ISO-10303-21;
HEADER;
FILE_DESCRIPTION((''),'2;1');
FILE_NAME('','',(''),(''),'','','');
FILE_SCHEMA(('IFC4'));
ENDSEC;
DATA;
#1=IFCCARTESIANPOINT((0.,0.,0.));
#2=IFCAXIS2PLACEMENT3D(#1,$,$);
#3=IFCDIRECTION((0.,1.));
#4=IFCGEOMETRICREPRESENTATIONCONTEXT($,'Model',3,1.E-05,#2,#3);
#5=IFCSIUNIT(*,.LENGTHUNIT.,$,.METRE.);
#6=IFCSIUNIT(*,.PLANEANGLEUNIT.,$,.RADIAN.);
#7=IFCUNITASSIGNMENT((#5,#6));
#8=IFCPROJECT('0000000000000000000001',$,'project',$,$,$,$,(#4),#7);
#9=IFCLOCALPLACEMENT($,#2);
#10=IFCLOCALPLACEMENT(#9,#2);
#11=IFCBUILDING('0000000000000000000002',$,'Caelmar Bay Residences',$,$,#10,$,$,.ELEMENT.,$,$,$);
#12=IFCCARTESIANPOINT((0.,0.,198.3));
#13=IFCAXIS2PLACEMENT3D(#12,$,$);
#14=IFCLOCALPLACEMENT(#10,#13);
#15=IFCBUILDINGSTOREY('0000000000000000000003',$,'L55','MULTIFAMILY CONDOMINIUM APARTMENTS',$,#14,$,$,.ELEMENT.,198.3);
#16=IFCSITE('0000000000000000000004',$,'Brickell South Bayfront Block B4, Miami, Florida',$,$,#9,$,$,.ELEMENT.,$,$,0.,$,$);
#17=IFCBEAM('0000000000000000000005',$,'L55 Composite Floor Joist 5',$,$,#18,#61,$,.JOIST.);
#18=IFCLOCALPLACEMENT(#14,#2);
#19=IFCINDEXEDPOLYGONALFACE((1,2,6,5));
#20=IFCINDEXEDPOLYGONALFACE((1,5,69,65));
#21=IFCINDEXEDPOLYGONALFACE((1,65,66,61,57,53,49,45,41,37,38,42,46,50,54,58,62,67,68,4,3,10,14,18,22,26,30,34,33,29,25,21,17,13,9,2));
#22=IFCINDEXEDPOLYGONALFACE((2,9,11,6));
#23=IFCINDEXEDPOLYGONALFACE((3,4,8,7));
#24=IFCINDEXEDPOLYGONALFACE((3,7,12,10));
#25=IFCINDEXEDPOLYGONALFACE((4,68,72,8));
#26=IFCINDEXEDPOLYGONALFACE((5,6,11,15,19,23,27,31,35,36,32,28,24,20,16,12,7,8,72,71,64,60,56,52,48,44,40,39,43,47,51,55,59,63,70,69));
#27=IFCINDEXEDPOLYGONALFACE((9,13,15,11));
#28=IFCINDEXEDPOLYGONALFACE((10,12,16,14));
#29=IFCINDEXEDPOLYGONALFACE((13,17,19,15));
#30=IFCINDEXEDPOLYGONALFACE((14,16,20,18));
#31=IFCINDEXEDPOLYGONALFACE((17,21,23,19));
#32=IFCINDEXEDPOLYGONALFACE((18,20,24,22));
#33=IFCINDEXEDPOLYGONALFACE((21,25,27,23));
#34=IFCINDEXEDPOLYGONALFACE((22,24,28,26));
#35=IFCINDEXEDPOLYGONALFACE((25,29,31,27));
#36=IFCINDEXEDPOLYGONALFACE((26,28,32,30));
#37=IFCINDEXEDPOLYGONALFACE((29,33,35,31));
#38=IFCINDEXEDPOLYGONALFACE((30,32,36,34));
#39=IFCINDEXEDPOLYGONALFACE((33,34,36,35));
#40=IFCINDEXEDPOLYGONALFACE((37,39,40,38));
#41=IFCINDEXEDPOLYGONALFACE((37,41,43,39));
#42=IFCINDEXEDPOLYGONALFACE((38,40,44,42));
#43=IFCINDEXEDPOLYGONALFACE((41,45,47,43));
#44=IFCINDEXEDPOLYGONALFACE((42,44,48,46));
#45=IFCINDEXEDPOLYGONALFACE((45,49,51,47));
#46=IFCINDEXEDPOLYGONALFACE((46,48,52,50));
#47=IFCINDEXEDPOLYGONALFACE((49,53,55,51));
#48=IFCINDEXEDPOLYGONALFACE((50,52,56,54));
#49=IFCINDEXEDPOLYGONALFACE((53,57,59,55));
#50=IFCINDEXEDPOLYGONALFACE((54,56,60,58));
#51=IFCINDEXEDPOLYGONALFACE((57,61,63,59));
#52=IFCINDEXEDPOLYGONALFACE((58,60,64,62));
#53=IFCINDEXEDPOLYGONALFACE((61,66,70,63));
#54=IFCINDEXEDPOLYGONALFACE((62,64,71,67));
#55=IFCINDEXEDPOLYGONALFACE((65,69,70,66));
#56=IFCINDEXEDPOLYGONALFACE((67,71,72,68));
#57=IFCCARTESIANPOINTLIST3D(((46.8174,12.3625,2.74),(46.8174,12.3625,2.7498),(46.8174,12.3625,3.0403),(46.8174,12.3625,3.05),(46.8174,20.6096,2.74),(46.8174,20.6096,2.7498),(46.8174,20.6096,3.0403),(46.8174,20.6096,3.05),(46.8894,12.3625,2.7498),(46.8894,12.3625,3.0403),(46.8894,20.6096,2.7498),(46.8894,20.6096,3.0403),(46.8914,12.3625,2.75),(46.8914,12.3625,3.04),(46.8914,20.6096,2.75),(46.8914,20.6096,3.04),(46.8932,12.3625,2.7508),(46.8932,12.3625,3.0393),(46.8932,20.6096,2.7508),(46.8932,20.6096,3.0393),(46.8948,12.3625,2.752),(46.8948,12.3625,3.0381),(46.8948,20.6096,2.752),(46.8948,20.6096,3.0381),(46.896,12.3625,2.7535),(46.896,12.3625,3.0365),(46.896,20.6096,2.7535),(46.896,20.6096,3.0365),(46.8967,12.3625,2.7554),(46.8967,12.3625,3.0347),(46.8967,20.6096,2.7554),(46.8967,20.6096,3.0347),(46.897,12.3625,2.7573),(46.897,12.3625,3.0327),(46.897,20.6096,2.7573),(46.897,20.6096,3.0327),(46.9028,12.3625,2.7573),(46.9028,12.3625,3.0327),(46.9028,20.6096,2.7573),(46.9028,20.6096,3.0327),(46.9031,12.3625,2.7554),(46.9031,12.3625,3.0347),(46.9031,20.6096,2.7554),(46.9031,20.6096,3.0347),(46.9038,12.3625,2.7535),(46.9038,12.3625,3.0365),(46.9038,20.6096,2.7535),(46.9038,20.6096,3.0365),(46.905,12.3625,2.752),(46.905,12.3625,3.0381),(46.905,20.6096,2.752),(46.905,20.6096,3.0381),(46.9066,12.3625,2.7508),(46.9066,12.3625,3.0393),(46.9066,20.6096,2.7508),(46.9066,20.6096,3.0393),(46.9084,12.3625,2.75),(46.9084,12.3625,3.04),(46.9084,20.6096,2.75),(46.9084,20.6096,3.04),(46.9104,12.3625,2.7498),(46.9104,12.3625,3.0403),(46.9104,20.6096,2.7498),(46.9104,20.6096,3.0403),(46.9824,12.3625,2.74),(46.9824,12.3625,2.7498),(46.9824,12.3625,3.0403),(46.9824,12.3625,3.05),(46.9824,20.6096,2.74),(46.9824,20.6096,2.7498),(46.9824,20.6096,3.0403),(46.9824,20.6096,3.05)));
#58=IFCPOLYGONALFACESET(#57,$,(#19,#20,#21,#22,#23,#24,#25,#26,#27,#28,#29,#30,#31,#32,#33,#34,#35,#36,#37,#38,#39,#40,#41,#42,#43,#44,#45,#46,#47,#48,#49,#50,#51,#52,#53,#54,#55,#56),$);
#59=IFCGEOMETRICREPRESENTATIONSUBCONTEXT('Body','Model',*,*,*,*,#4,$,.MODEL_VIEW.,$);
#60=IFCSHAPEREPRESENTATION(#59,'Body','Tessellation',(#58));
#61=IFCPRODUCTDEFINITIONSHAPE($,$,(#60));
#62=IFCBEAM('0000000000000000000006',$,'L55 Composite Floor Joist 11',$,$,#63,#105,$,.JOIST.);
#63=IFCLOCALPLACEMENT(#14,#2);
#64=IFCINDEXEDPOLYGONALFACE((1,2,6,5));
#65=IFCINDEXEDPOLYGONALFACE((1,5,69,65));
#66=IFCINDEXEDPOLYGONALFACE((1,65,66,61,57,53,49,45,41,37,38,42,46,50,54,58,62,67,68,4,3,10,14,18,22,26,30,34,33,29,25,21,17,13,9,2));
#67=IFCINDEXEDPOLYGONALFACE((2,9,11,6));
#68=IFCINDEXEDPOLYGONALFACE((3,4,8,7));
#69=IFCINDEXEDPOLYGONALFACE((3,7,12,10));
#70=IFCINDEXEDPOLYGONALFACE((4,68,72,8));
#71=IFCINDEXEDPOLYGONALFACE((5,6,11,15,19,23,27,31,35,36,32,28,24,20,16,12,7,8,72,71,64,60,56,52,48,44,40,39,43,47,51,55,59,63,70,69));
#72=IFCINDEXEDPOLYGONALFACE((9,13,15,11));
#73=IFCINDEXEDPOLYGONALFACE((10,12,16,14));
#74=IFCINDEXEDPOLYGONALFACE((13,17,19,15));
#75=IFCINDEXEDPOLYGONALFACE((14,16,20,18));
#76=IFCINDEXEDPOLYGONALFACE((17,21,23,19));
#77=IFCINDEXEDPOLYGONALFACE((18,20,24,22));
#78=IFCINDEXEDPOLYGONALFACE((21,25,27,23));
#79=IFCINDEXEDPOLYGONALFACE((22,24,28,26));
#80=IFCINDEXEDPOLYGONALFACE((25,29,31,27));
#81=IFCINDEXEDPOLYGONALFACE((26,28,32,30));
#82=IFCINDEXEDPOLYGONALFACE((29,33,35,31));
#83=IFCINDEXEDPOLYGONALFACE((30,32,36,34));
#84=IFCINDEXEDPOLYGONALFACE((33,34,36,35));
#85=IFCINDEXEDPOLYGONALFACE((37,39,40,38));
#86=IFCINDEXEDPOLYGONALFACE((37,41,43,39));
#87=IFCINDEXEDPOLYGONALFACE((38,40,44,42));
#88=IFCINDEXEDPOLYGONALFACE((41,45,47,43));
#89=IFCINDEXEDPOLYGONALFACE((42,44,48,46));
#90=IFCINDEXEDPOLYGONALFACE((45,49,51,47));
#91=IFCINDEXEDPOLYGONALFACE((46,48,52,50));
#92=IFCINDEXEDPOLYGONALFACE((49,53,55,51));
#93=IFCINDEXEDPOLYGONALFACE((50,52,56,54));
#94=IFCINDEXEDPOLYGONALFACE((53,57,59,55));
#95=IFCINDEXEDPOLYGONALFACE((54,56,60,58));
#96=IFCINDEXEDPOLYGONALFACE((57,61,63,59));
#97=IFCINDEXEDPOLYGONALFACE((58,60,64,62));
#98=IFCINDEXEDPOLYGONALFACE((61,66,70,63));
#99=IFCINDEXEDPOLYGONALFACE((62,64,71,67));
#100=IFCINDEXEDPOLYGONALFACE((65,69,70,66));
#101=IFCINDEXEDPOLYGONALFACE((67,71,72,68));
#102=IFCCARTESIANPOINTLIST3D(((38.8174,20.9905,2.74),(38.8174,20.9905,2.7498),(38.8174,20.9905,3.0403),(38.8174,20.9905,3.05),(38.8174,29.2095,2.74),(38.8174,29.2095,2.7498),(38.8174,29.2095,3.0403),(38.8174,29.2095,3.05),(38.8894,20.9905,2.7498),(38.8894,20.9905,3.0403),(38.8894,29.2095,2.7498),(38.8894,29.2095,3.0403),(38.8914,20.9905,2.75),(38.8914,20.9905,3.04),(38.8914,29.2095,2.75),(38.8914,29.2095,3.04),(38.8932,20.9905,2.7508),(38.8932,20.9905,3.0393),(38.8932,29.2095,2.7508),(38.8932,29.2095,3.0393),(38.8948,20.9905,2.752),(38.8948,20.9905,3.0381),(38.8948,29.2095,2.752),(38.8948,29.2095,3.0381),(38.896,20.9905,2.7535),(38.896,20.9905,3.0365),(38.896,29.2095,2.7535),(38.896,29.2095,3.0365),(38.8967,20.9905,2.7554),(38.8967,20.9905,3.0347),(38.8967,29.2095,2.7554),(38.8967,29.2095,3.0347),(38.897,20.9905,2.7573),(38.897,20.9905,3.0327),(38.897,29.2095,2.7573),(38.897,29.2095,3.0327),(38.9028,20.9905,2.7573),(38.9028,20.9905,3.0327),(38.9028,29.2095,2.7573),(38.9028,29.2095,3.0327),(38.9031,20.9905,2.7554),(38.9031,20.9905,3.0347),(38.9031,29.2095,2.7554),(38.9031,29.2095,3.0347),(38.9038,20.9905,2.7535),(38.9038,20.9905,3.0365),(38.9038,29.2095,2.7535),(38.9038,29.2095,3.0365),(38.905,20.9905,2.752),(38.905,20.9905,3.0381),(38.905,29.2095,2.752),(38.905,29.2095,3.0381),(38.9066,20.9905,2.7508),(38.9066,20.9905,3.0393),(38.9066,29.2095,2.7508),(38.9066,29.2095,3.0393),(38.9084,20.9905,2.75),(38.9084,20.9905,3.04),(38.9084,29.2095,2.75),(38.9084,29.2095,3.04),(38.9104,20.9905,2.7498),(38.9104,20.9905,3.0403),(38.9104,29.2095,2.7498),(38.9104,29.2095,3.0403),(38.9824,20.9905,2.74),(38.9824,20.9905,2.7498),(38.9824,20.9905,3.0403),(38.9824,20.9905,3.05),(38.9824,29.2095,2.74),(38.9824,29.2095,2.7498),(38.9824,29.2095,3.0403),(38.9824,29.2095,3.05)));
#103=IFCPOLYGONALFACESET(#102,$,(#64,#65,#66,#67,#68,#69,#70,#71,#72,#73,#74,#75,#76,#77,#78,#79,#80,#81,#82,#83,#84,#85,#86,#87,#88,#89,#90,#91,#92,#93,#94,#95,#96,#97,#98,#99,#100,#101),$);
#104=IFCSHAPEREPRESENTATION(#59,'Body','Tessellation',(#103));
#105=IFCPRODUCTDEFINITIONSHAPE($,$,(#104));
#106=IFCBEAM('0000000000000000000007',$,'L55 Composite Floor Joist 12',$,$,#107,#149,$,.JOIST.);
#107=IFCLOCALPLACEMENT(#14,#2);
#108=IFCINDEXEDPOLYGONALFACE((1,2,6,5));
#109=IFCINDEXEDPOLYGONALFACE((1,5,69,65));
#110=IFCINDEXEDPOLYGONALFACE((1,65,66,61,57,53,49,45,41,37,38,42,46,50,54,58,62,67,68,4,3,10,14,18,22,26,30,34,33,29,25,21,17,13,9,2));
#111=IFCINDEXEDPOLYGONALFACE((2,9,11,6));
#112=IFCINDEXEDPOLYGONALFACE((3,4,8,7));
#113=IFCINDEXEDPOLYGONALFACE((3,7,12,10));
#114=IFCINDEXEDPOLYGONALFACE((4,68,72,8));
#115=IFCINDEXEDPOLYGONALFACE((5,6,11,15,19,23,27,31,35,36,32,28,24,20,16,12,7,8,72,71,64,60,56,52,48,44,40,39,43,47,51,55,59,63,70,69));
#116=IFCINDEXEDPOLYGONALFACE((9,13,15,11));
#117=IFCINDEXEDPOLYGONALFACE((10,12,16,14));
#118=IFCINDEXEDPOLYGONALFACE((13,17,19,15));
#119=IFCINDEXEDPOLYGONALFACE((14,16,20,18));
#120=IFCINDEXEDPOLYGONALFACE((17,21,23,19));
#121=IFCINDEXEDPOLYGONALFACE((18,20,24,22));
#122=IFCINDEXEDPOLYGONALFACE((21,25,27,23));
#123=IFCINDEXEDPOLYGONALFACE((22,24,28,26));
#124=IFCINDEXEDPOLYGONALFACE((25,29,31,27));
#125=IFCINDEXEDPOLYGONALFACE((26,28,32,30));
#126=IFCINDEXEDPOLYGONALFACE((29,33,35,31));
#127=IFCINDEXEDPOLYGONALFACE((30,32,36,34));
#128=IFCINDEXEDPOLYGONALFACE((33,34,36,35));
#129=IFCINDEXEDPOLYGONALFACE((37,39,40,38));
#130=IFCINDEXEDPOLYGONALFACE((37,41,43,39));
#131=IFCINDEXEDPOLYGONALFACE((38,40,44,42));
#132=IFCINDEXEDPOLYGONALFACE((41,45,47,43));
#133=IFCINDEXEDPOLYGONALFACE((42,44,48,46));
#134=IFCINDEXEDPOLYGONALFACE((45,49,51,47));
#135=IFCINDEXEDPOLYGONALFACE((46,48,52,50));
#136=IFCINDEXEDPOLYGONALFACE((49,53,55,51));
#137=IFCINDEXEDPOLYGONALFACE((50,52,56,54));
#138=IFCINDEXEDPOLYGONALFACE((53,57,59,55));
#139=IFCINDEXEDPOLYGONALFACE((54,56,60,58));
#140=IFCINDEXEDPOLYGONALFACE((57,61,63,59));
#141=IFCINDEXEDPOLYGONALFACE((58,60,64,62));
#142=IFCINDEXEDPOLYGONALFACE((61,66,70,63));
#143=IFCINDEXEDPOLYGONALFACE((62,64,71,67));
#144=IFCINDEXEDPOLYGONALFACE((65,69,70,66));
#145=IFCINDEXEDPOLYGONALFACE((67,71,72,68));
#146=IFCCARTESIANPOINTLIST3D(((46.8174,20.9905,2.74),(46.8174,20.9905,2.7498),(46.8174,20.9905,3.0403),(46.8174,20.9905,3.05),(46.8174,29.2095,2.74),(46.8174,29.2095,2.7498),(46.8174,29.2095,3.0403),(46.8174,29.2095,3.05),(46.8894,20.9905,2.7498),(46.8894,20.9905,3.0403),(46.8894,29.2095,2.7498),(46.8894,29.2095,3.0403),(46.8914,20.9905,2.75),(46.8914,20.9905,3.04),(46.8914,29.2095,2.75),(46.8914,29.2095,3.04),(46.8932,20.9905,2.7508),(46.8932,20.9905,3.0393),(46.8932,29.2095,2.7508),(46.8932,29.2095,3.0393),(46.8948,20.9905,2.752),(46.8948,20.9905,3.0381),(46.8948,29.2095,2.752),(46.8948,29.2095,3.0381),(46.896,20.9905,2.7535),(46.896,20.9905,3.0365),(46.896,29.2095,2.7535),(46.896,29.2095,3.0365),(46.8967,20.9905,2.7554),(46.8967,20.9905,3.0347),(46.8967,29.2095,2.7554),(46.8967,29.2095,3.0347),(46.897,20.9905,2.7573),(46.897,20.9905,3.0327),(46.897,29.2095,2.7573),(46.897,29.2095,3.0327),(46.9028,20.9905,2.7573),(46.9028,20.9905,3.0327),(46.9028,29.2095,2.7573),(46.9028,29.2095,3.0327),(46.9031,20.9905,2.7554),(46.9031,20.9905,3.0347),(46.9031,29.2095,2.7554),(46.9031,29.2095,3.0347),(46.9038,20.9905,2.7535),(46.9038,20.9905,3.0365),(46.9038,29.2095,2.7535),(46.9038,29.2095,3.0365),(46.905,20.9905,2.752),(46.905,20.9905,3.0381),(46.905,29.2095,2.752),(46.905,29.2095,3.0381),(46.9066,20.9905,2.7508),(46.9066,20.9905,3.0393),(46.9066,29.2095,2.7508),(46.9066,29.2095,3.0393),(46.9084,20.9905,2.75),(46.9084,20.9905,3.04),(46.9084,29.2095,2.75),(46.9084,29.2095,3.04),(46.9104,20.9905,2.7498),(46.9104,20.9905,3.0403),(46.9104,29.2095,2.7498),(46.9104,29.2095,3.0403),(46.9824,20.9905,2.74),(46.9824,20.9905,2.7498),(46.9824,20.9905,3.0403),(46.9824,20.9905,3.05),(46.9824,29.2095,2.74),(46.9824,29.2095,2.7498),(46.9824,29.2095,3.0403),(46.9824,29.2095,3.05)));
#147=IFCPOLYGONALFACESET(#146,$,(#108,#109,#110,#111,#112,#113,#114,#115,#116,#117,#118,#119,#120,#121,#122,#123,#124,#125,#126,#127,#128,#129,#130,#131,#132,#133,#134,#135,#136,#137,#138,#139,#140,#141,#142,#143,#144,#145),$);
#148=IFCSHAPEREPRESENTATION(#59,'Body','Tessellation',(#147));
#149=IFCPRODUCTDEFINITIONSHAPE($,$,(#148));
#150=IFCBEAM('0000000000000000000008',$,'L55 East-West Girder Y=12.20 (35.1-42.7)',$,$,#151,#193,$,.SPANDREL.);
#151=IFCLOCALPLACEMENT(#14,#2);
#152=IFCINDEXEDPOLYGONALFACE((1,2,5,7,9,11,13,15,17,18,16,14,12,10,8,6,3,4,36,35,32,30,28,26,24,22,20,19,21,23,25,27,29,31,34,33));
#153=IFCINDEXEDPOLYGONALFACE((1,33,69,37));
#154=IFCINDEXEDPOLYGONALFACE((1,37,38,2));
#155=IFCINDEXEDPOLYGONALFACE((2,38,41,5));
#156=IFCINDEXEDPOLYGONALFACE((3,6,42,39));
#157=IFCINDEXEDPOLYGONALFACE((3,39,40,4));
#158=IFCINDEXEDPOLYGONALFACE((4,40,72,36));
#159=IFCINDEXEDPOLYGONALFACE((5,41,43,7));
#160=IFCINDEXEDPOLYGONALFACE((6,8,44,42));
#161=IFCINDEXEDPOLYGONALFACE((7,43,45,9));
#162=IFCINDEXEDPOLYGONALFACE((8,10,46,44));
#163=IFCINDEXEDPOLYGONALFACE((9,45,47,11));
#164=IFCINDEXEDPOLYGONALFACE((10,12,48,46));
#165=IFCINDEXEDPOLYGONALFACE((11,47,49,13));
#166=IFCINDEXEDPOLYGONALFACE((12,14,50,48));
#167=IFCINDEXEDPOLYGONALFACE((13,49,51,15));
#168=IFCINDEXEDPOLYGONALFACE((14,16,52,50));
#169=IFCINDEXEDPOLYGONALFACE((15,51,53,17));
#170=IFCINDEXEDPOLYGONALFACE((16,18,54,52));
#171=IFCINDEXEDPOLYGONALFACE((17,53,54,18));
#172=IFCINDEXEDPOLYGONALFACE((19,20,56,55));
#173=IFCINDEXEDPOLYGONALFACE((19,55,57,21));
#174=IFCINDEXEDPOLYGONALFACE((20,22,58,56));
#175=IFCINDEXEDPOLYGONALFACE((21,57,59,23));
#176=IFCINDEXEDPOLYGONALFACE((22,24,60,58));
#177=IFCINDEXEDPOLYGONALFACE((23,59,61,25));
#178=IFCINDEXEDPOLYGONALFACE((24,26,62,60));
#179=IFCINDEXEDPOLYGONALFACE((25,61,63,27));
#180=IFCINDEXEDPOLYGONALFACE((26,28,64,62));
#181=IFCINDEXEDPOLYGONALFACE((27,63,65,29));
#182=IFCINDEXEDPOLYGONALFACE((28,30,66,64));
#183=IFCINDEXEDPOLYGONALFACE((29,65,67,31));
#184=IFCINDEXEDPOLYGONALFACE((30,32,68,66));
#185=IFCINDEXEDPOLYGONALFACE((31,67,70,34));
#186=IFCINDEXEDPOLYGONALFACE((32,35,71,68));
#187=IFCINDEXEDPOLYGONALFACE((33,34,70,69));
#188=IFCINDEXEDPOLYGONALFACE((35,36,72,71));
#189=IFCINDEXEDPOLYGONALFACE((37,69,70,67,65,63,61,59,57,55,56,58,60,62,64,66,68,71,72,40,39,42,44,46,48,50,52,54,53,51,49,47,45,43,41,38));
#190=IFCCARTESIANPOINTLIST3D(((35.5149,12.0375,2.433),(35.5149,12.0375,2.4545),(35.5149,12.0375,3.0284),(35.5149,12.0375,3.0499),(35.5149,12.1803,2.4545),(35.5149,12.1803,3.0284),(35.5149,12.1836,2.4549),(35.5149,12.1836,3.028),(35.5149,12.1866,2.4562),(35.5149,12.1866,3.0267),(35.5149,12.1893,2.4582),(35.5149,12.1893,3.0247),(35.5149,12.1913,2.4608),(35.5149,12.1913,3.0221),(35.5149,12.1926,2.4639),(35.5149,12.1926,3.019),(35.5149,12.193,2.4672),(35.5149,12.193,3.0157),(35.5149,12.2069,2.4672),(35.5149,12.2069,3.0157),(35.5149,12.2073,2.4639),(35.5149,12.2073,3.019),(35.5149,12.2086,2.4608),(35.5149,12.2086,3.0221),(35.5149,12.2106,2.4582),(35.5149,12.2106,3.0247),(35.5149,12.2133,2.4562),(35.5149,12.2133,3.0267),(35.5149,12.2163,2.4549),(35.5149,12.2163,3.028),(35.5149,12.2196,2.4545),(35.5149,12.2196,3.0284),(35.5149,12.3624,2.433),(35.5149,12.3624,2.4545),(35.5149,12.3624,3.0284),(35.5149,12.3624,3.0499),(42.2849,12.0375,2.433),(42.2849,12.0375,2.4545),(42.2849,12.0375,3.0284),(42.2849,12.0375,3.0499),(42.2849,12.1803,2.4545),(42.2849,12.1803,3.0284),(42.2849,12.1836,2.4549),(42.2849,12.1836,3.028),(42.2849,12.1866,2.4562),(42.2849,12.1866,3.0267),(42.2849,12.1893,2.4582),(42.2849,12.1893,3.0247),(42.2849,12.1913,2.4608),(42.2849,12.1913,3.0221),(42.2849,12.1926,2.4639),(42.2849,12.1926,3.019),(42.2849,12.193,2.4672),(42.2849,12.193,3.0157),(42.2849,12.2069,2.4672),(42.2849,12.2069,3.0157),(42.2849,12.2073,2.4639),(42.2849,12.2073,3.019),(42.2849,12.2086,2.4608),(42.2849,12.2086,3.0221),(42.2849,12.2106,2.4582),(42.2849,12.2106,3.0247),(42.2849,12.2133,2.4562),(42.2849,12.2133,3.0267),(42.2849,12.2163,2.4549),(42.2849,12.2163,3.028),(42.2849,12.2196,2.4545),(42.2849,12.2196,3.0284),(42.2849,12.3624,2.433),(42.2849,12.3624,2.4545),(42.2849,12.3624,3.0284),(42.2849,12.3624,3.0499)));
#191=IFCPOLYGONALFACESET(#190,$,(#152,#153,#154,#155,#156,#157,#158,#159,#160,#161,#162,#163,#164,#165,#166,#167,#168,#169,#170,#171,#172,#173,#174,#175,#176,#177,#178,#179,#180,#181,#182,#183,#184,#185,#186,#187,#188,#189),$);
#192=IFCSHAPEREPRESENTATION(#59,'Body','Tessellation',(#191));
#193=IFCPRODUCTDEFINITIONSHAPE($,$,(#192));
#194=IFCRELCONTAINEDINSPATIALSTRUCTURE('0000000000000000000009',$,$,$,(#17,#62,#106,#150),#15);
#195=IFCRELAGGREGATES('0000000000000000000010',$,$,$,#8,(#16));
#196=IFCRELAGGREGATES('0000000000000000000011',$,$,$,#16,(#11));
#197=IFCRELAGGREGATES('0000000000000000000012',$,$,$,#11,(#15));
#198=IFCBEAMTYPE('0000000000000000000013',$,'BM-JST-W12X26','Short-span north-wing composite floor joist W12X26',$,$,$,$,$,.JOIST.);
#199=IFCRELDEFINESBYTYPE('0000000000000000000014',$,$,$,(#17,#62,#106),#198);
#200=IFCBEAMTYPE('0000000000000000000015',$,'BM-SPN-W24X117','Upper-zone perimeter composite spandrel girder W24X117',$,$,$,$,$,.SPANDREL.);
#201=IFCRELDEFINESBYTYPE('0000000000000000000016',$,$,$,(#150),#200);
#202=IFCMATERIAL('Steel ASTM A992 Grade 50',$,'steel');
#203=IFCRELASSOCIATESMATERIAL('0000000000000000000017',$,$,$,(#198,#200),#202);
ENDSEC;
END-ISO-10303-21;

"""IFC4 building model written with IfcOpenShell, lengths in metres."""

from ifc_helpers import new_model, si_unit, direction, frame, origin, origin_2d, place, context, subcontext, project, spatial, i_section, extrude, material, material_profile, profile_set, type_object, element, save


model = new_model("IFC4")

# Units and contexts
model_context = context("Model", 3, precision=1e-05, world=origin(), true_north=direction((0.0, 1.0)))
body_context = subcontext(model_context, "Body", "Model", "MODEL_VIEW")
ifc_project = project(units=[si_unit("LENGTHUNIT", "METRE"), si_unit("PLANEANGLEUNIT", "RADIAN")], contexts=[model_context])

# Site, building, storey
site_placement = place(None, origin())
site = spatial("IfcSite", under=ifc_project, at=site_placement, Name="Brickell South Bayfront Block B4, Miami, Florida", CompositionType="ELEMENT", RefElevation=0.0)
building_placement = place(site_placement, origin())
building = spatial("IfcBuilding", under=site, at=building_placement, Name="Caelmar Bay Residences", CompositionType="ELEMENT")
storey_placement = place(building_placement, frame((0.0, 0.0, 198.3)))
storey = spatial("IfcBuildingStorey", under=building, at=storey_placement, Name="L55", Description="MULTIFAMILY CONDOMINIUM APARTMENTS", CompositionType="ELEMENT", Elevation=198.3)

# Beams
ifc_material_1 = material(Name="Steel ASTM A992 Grade 50", Category="steel")
ifc_material_profile_1 = material_profile(ifc_material_1, i_section(OverallWidth=0.165, OverallDepth=0.3101, WebThickness=0.0059, FlangeThickness=0.0098, FilletRadius=0.0076, at=origin_2d()), Name="W12X26")
ifc_profile_set_1 = profile_set([ifc_material_profile_1], Name="Steel ASTM A992 Grade 50")
beam_type_1 = type_object("IfcBeamType", Name="BM-JST-W12X26", Description="Short-span north-wing composite floor joist W12X26", PredefinedType="JOIST", material=ifc_profile_set_1)
for number, where, z_axis, x_axis, name in (
    (1, (46.8999, 12.3625, 2.895), (0.0, 1.0, 0.0), (-1.0, 0.0, 0.0), "L55 Composite Floor Joist 5"),
):
    element("IfcBeam", number, at=place(storey_placement, frame(where, z_axis=z_axis, x_axis=x_axis)), inside=storey, type_object=beam_type_1, Name=name, PredefinedType="JOIST", context=body_context, shape_type="SweptSolid", body=[
        extrude(i_section(OverallWidth=0.165, OverallDepth=0.3101, WebThickness=0.0059, FlangeThickness=0.0098, FilletRadius=0.0076, at=origin_2d()), origin(), (0.0, 0.0, 1.0), 8.2471),
    ])
for number, where, z_axis, x_axis, name in (
    (2, (38.8999, 20.9905, 2.895), (0.0, 1.0, 0.0), (-1.0, 0.0, 0.0), "L55 Composite Floor Joist 11"),
    (3, (46.8999, 20.9905, 2.895), (0.0, 1.0, 0.0), (-1.0, 0.0, 0.0), "L55 Composite Floor Joist 12"),
):
    element("IfcBeam", number, at=place(storey_placement, frame(where, z_axis=z_axis, x_axis=x_axis)), inside=storey, type_object=beam_type_1, Name=name, PredefinedType="JOIST", context=body_context, shape_type="SweptSolid", body=[
        extrude(i_section(OverallWidth=0.165, OverallDepth=0.3101, WebThickness=0.0059, FlangeThickness=0.0098, FilletRadius=0.0076, at=origin_2d()), origin(), (0.0, 0.0, 1.0), 8.219),
    ])
ifc_material_profile_2 = material_profile(ifc_material_1, i_section(OverallWidth=0.325, OverallDepth=0.6169, WebThickness=0.0139, FlangeThickness=0.0215, FilletRadius=0.0127, at=origin_2d()), Name="W24X117")
ifc_profile_set_2 = profile_set([ifc_material_profile_2], Name="Steel ASTM A992 Grade 50")
beam_type_2 = type_object("IfcBeamType", Name="BM-SPN-W24X117", Description="Upper-zone perimeter composite spandrel girder W24X117", PredefinedType="SPANDREL", material=ifc_profile_set_2)
beam_1_placement = place(storey_placement, frame((35.5149, 12.2, 2.7415), z_axis=(1.0, 0.0, 0.0), x_axis=(0.0, 1.0, 0.0)))
element("IfcBeam", 4, at=beam_1_placement, inside=storey, type_object=beam_type_2, Name="L55 East-West Girder Y=12.20 (35.1-42.7)", PredefinedType="SPANDREL", context=body_context, shape_type="SweptSolid", body=[
    extrude(i_section(OverallWidth=0.325, OverallDepth=0.6169, WebThickness=0.0139, FlangeThickness=0.0215, FilletRadius=0.0127, at=origin_2d()), origin(), (0.0, 0.0, 1.0), 6.77),
])

save(model, "model.ifc")
